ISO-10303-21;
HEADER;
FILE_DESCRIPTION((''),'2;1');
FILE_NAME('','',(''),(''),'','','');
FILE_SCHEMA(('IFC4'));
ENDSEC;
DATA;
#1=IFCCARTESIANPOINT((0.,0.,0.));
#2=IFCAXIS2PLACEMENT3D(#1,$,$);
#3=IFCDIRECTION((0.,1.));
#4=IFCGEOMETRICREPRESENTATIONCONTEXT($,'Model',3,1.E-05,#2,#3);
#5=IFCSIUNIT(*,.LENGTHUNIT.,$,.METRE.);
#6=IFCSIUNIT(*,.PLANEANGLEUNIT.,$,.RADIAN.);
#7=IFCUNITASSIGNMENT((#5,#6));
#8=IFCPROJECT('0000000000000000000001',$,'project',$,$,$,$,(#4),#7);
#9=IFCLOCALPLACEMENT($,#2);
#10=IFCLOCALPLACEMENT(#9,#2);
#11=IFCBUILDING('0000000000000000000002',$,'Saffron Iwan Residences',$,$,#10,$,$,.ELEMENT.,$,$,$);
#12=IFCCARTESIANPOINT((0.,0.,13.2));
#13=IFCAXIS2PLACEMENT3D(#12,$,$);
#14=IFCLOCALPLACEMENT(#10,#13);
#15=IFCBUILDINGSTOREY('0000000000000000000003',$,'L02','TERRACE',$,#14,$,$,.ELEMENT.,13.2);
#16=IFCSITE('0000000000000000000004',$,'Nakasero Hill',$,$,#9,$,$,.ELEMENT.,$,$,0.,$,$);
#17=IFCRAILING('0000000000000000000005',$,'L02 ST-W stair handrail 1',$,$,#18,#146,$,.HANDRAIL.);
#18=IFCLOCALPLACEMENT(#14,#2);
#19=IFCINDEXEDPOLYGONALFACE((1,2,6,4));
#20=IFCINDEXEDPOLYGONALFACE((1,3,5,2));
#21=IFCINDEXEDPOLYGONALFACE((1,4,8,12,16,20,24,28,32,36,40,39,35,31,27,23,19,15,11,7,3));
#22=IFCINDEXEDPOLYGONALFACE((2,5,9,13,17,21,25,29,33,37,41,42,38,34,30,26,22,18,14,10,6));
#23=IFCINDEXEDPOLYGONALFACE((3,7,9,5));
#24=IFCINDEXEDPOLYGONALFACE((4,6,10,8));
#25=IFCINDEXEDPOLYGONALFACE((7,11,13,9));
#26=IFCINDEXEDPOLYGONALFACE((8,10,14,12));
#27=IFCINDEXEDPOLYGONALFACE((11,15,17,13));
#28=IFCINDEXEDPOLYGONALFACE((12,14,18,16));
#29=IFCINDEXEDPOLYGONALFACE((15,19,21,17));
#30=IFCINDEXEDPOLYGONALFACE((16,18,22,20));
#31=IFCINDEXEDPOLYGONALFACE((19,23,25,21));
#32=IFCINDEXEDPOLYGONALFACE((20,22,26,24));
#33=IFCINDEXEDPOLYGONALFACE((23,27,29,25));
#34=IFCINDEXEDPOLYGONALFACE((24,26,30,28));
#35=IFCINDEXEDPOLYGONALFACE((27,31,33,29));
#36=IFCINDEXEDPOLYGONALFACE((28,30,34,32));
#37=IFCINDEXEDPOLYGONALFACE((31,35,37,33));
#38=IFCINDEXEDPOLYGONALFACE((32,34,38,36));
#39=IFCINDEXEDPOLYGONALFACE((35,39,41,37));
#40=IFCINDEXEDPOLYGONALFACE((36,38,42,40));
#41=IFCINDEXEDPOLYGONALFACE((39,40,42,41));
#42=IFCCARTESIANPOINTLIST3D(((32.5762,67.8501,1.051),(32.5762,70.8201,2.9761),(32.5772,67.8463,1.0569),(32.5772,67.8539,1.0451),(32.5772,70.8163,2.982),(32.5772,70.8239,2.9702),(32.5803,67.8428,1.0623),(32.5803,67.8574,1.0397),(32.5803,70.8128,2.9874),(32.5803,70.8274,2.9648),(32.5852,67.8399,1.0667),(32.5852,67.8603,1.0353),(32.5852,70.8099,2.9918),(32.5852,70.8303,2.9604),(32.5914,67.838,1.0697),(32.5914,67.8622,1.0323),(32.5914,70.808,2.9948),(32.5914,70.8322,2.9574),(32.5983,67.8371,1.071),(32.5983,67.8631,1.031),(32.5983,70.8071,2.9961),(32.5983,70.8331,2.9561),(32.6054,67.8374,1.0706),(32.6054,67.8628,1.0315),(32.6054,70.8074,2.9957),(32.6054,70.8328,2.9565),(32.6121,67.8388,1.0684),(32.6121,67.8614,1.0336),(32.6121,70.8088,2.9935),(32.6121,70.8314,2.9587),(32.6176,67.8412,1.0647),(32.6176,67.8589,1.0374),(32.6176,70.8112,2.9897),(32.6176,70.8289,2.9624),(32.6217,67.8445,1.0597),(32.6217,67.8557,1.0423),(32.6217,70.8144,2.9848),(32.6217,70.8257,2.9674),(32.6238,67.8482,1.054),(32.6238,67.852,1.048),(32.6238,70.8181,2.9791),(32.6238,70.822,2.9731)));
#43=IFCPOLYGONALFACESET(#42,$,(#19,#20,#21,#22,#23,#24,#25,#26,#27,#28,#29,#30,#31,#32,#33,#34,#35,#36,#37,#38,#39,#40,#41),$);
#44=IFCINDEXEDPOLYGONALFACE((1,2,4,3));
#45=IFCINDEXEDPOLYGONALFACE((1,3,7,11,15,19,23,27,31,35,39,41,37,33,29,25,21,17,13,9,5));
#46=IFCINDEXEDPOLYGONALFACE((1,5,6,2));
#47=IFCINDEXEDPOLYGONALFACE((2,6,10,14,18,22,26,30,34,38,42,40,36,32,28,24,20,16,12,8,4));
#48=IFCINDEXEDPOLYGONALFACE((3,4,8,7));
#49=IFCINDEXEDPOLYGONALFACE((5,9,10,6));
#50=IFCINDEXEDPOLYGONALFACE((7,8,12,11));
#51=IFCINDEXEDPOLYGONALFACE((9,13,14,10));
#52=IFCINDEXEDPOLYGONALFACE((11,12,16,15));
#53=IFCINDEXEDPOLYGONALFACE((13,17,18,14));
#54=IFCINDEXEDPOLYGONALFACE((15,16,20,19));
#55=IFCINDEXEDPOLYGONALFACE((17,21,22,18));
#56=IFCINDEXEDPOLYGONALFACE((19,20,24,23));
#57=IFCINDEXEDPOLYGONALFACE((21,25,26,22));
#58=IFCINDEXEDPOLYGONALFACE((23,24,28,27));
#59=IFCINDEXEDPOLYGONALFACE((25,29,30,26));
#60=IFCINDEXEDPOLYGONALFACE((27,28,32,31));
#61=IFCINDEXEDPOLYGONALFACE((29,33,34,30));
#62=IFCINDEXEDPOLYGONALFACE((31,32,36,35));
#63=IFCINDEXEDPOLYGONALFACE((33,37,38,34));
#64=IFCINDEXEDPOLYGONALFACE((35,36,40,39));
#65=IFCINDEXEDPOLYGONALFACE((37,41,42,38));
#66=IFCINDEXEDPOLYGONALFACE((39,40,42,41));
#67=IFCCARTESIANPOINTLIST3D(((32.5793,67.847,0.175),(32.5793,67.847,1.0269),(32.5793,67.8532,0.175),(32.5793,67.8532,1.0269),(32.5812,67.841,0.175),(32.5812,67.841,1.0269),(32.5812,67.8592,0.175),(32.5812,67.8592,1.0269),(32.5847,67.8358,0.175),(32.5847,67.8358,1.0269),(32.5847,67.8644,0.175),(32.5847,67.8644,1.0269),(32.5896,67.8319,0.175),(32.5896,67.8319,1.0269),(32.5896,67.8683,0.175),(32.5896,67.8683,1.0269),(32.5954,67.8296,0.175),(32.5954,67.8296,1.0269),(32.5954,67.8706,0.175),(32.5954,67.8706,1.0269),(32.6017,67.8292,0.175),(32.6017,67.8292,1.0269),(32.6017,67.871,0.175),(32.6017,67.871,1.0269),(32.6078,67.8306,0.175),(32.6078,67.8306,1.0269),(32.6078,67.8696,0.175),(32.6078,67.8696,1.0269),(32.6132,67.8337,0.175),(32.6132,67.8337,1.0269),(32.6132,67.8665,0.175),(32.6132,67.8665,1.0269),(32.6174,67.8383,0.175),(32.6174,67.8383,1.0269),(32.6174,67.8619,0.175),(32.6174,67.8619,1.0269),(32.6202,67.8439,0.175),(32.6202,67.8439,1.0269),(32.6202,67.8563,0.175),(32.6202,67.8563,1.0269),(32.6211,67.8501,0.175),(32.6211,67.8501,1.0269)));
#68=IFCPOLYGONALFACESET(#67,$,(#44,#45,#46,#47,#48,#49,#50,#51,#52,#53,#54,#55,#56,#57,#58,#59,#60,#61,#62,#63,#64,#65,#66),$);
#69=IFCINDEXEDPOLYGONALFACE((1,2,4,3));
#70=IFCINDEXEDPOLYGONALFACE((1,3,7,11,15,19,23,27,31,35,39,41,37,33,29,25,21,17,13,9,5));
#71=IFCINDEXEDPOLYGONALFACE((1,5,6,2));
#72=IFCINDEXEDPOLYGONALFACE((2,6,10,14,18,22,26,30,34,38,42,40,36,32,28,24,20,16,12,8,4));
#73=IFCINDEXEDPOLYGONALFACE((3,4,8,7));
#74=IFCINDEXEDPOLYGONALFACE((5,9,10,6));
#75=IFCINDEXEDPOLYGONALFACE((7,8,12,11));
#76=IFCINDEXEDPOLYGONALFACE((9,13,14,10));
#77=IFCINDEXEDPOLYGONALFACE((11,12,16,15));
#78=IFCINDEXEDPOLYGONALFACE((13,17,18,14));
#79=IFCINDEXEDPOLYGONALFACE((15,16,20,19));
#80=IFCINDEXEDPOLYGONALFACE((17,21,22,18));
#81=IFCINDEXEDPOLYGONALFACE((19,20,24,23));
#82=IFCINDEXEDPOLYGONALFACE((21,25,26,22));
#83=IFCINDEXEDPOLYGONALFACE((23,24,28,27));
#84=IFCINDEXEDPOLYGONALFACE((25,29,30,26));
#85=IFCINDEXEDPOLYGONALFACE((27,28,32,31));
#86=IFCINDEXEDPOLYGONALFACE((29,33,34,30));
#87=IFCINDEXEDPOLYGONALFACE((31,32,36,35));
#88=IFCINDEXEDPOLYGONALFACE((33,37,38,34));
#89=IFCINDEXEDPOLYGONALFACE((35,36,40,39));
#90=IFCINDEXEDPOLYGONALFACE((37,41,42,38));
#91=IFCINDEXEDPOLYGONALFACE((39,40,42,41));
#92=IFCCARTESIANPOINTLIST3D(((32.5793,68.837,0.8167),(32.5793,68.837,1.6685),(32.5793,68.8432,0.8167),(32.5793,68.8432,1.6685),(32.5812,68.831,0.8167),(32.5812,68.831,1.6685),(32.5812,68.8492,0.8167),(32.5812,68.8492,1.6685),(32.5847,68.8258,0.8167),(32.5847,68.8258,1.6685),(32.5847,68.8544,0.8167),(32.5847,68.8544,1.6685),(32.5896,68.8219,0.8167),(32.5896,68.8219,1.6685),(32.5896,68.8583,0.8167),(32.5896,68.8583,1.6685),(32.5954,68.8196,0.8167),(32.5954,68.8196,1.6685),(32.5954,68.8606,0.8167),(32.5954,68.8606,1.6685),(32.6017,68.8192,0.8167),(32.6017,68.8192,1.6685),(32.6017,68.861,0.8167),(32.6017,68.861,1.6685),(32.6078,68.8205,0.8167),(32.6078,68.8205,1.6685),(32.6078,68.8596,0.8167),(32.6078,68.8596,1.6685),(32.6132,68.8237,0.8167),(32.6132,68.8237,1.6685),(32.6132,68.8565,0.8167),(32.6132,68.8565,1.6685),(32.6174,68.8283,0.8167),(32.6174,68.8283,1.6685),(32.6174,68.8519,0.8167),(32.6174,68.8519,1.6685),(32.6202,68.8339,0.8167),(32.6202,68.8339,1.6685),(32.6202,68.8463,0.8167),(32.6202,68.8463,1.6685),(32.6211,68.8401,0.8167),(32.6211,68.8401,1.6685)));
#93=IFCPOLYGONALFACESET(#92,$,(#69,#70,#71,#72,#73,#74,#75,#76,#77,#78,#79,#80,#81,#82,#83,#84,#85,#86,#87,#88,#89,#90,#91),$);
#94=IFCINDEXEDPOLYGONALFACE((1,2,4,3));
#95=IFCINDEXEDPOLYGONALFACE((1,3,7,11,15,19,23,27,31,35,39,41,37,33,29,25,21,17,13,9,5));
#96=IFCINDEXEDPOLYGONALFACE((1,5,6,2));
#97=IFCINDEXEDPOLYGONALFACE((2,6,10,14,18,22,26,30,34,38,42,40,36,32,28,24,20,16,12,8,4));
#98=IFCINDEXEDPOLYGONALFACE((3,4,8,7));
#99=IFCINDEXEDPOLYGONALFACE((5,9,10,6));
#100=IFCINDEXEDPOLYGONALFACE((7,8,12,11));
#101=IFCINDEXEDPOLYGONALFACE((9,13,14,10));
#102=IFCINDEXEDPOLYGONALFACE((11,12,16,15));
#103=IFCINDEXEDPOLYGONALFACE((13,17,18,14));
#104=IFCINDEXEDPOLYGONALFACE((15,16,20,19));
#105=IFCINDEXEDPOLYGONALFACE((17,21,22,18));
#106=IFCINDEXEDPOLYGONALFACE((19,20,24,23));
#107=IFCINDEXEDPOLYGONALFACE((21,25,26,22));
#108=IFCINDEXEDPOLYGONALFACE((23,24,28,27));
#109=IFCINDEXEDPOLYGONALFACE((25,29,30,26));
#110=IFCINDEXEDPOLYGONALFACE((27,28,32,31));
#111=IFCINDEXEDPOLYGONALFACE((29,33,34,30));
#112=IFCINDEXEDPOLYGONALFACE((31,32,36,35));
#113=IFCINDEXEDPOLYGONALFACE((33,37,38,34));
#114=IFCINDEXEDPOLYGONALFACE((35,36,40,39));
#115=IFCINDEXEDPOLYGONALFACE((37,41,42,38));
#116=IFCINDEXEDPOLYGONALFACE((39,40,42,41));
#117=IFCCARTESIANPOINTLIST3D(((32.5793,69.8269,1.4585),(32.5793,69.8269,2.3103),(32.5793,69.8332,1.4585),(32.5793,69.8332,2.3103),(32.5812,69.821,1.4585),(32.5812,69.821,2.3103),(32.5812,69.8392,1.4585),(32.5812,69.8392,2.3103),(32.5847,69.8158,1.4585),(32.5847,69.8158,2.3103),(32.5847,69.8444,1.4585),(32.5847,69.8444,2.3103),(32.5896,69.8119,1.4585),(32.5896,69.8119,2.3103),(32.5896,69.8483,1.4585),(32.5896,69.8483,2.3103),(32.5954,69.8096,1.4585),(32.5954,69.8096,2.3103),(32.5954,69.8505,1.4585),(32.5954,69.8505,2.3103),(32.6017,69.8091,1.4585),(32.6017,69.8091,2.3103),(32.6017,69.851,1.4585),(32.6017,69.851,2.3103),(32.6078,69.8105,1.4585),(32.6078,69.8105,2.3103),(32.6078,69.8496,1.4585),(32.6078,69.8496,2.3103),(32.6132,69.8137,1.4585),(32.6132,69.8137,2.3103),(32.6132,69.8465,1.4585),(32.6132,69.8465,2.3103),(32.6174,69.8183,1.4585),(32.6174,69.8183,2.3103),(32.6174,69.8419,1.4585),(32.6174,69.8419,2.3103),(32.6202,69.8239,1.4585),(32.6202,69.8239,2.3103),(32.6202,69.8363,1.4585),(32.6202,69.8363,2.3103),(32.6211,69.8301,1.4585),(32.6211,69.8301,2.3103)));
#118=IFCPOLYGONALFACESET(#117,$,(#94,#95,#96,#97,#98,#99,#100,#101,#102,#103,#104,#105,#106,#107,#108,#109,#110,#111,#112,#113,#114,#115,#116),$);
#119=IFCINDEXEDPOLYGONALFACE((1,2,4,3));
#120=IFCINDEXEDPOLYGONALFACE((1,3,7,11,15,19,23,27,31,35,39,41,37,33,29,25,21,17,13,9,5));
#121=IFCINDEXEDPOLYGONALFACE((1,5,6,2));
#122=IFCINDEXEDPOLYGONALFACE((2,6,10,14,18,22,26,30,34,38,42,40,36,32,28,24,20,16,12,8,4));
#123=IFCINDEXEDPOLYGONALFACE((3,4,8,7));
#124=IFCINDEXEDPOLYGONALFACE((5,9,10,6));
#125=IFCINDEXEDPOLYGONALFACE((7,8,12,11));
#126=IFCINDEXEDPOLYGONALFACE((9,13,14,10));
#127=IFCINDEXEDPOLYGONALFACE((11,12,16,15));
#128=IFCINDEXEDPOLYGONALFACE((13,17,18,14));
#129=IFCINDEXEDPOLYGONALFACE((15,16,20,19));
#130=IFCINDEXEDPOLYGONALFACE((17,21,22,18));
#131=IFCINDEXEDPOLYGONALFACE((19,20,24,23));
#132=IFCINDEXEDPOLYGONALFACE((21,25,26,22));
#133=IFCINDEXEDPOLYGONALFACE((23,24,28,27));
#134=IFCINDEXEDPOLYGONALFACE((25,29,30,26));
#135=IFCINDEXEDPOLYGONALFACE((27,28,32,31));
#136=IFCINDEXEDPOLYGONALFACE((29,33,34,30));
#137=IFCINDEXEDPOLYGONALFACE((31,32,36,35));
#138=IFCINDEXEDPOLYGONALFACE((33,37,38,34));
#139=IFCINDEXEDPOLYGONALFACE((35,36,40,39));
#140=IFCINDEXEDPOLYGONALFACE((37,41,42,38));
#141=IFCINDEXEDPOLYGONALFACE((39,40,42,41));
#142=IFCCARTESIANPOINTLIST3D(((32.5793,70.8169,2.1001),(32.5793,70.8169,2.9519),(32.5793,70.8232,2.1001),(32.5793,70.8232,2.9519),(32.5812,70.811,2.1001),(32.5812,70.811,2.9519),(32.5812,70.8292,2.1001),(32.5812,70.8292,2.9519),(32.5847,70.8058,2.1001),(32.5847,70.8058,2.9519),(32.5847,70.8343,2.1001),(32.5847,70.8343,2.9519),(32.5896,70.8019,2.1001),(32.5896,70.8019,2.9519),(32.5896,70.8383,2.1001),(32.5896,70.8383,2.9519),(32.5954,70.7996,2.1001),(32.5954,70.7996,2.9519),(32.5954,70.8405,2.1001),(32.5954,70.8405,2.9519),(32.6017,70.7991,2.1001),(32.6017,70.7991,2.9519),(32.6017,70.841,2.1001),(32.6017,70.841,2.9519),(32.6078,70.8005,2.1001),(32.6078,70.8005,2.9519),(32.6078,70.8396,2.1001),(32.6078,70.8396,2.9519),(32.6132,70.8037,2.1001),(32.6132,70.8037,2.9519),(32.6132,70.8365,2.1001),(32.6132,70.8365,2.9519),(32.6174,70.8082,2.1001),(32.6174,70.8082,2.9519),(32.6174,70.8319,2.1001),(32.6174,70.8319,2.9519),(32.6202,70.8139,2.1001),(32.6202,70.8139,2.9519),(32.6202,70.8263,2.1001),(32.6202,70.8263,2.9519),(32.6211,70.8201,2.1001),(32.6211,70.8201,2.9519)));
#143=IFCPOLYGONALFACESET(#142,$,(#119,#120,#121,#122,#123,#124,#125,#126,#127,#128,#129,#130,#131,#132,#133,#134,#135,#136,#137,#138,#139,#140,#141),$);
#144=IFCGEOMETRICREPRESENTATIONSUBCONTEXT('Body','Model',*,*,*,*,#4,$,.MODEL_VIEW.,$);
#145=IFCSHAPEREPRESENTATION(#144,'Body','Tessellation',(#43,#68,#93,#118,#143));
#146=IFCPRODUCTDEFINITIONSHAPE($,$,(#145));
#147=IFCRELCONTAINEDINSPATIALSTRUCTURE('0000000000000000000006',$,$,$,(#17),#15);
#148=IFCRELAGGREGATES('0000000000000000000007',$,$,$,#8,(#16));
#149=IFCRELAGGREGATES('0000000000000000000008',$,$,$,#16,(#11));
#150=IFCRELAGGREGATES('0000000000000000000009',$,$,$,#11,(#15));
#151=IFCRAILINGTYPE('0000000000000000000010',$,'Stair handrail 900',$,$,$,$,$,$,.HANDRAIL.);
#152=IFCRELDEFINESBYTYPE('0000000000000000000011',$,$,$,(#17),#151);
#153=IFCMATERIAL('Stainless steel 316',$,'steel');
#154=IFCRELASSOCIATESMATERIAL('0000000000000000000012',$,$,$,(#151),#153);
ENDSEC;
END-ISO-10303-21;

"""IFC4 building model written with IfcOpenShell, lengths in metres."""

from ifc_helpers import new_model, si_unit, direction, frame, origin, origin_2d, place, context, subcontext, project, spatial, circle, extrude, material, type_object, element, save


model = new_model("IFC4")

# Units and contexts
model_context = context("Model", 3, precision=1e-05, world=origin(), true_north=direction((0.0, 1.0)))
body_context = subcontext(model_context, "Body", "Model", "MODEL_VIEW")
ifc_project = project(units=[si_unit("LENGTHUNIT", "METRE"), si_unit("PLANEANGLEUNIT", "RADIAN")], contexts=[model_context])

# Site, building, storey
site_placement = place(None, origin())
site = spatial("IfcSite", under=ifc_project, at=site_placement, Name="Nakasero Hill", CompositionType="ELEMENT", RefElevation=0.0)
building_placement = place(site_placement, origin())
building = spatial("IfcBuilding", under=site, at=building_placement, Name="Saffron Iwan Residences", CompositionType="ELEMENT")
storey_placement = place(building_placement, frame((0.0, 0.0, 13.2)))
storey = spatial("IfcBuildingStorey", under=building, at=storey_placement, Name="L02", Description="TERRACE", CompositionType="ELEMENT", Elevation=13.2)

# Railing
ifc_material_1 = material(Name="Stainless steel 316", Category="steel")
railing_type_1 = type_object("IfcRailingType", Name="Stair handrail 900", PredefinedType="HANDRAIL", material=ifc_material_1)
railing_1_placement = place(storey_placement, frame((32.6001, 67.8501, 0.175)))
element("IfcRailing", 1, at=railing_1_placement, inside=storey, type_object=railing_type_1, Name="L02 ST-W stair handrail 1", PredefinedType="HANDRAIL", context=body_context, shape_type="SweptSolid", body=[
    extrude(circle(Radius=0.0239, at=origin_2d()), frame((0.0, 0.0, 0.876), z_axis=(0.0, 0.839144, 0.543909), x_axis=(-1.0, 0.0, 0.0)), (0.0, 0.0, 1.0), 3.5393),
    extrude(circle(Radius=0.021, at=origin_2d()), origin(), (0.0, 0.0, 1.0), 0.8518),
    extrude(circle(Radius=0.021, at=origin_2d()), frame((0.0, 0.99, 0.6416)), (0.0, 0.0, 1.0), 0.8518),
    extrude(circle(Radius=0.021, at=origin_2d()), frame((0.0, 1.98, 1.2834)), (0.0, 0.0, 1.0), 0.8518),
    extrude(circle(Radius=0.021, at=origin_2d()), frame((0.0, 2.97, 1.925)), (0.0, 0.0, 1.0), 0.8518),
])

save(model, "model.ifc")
